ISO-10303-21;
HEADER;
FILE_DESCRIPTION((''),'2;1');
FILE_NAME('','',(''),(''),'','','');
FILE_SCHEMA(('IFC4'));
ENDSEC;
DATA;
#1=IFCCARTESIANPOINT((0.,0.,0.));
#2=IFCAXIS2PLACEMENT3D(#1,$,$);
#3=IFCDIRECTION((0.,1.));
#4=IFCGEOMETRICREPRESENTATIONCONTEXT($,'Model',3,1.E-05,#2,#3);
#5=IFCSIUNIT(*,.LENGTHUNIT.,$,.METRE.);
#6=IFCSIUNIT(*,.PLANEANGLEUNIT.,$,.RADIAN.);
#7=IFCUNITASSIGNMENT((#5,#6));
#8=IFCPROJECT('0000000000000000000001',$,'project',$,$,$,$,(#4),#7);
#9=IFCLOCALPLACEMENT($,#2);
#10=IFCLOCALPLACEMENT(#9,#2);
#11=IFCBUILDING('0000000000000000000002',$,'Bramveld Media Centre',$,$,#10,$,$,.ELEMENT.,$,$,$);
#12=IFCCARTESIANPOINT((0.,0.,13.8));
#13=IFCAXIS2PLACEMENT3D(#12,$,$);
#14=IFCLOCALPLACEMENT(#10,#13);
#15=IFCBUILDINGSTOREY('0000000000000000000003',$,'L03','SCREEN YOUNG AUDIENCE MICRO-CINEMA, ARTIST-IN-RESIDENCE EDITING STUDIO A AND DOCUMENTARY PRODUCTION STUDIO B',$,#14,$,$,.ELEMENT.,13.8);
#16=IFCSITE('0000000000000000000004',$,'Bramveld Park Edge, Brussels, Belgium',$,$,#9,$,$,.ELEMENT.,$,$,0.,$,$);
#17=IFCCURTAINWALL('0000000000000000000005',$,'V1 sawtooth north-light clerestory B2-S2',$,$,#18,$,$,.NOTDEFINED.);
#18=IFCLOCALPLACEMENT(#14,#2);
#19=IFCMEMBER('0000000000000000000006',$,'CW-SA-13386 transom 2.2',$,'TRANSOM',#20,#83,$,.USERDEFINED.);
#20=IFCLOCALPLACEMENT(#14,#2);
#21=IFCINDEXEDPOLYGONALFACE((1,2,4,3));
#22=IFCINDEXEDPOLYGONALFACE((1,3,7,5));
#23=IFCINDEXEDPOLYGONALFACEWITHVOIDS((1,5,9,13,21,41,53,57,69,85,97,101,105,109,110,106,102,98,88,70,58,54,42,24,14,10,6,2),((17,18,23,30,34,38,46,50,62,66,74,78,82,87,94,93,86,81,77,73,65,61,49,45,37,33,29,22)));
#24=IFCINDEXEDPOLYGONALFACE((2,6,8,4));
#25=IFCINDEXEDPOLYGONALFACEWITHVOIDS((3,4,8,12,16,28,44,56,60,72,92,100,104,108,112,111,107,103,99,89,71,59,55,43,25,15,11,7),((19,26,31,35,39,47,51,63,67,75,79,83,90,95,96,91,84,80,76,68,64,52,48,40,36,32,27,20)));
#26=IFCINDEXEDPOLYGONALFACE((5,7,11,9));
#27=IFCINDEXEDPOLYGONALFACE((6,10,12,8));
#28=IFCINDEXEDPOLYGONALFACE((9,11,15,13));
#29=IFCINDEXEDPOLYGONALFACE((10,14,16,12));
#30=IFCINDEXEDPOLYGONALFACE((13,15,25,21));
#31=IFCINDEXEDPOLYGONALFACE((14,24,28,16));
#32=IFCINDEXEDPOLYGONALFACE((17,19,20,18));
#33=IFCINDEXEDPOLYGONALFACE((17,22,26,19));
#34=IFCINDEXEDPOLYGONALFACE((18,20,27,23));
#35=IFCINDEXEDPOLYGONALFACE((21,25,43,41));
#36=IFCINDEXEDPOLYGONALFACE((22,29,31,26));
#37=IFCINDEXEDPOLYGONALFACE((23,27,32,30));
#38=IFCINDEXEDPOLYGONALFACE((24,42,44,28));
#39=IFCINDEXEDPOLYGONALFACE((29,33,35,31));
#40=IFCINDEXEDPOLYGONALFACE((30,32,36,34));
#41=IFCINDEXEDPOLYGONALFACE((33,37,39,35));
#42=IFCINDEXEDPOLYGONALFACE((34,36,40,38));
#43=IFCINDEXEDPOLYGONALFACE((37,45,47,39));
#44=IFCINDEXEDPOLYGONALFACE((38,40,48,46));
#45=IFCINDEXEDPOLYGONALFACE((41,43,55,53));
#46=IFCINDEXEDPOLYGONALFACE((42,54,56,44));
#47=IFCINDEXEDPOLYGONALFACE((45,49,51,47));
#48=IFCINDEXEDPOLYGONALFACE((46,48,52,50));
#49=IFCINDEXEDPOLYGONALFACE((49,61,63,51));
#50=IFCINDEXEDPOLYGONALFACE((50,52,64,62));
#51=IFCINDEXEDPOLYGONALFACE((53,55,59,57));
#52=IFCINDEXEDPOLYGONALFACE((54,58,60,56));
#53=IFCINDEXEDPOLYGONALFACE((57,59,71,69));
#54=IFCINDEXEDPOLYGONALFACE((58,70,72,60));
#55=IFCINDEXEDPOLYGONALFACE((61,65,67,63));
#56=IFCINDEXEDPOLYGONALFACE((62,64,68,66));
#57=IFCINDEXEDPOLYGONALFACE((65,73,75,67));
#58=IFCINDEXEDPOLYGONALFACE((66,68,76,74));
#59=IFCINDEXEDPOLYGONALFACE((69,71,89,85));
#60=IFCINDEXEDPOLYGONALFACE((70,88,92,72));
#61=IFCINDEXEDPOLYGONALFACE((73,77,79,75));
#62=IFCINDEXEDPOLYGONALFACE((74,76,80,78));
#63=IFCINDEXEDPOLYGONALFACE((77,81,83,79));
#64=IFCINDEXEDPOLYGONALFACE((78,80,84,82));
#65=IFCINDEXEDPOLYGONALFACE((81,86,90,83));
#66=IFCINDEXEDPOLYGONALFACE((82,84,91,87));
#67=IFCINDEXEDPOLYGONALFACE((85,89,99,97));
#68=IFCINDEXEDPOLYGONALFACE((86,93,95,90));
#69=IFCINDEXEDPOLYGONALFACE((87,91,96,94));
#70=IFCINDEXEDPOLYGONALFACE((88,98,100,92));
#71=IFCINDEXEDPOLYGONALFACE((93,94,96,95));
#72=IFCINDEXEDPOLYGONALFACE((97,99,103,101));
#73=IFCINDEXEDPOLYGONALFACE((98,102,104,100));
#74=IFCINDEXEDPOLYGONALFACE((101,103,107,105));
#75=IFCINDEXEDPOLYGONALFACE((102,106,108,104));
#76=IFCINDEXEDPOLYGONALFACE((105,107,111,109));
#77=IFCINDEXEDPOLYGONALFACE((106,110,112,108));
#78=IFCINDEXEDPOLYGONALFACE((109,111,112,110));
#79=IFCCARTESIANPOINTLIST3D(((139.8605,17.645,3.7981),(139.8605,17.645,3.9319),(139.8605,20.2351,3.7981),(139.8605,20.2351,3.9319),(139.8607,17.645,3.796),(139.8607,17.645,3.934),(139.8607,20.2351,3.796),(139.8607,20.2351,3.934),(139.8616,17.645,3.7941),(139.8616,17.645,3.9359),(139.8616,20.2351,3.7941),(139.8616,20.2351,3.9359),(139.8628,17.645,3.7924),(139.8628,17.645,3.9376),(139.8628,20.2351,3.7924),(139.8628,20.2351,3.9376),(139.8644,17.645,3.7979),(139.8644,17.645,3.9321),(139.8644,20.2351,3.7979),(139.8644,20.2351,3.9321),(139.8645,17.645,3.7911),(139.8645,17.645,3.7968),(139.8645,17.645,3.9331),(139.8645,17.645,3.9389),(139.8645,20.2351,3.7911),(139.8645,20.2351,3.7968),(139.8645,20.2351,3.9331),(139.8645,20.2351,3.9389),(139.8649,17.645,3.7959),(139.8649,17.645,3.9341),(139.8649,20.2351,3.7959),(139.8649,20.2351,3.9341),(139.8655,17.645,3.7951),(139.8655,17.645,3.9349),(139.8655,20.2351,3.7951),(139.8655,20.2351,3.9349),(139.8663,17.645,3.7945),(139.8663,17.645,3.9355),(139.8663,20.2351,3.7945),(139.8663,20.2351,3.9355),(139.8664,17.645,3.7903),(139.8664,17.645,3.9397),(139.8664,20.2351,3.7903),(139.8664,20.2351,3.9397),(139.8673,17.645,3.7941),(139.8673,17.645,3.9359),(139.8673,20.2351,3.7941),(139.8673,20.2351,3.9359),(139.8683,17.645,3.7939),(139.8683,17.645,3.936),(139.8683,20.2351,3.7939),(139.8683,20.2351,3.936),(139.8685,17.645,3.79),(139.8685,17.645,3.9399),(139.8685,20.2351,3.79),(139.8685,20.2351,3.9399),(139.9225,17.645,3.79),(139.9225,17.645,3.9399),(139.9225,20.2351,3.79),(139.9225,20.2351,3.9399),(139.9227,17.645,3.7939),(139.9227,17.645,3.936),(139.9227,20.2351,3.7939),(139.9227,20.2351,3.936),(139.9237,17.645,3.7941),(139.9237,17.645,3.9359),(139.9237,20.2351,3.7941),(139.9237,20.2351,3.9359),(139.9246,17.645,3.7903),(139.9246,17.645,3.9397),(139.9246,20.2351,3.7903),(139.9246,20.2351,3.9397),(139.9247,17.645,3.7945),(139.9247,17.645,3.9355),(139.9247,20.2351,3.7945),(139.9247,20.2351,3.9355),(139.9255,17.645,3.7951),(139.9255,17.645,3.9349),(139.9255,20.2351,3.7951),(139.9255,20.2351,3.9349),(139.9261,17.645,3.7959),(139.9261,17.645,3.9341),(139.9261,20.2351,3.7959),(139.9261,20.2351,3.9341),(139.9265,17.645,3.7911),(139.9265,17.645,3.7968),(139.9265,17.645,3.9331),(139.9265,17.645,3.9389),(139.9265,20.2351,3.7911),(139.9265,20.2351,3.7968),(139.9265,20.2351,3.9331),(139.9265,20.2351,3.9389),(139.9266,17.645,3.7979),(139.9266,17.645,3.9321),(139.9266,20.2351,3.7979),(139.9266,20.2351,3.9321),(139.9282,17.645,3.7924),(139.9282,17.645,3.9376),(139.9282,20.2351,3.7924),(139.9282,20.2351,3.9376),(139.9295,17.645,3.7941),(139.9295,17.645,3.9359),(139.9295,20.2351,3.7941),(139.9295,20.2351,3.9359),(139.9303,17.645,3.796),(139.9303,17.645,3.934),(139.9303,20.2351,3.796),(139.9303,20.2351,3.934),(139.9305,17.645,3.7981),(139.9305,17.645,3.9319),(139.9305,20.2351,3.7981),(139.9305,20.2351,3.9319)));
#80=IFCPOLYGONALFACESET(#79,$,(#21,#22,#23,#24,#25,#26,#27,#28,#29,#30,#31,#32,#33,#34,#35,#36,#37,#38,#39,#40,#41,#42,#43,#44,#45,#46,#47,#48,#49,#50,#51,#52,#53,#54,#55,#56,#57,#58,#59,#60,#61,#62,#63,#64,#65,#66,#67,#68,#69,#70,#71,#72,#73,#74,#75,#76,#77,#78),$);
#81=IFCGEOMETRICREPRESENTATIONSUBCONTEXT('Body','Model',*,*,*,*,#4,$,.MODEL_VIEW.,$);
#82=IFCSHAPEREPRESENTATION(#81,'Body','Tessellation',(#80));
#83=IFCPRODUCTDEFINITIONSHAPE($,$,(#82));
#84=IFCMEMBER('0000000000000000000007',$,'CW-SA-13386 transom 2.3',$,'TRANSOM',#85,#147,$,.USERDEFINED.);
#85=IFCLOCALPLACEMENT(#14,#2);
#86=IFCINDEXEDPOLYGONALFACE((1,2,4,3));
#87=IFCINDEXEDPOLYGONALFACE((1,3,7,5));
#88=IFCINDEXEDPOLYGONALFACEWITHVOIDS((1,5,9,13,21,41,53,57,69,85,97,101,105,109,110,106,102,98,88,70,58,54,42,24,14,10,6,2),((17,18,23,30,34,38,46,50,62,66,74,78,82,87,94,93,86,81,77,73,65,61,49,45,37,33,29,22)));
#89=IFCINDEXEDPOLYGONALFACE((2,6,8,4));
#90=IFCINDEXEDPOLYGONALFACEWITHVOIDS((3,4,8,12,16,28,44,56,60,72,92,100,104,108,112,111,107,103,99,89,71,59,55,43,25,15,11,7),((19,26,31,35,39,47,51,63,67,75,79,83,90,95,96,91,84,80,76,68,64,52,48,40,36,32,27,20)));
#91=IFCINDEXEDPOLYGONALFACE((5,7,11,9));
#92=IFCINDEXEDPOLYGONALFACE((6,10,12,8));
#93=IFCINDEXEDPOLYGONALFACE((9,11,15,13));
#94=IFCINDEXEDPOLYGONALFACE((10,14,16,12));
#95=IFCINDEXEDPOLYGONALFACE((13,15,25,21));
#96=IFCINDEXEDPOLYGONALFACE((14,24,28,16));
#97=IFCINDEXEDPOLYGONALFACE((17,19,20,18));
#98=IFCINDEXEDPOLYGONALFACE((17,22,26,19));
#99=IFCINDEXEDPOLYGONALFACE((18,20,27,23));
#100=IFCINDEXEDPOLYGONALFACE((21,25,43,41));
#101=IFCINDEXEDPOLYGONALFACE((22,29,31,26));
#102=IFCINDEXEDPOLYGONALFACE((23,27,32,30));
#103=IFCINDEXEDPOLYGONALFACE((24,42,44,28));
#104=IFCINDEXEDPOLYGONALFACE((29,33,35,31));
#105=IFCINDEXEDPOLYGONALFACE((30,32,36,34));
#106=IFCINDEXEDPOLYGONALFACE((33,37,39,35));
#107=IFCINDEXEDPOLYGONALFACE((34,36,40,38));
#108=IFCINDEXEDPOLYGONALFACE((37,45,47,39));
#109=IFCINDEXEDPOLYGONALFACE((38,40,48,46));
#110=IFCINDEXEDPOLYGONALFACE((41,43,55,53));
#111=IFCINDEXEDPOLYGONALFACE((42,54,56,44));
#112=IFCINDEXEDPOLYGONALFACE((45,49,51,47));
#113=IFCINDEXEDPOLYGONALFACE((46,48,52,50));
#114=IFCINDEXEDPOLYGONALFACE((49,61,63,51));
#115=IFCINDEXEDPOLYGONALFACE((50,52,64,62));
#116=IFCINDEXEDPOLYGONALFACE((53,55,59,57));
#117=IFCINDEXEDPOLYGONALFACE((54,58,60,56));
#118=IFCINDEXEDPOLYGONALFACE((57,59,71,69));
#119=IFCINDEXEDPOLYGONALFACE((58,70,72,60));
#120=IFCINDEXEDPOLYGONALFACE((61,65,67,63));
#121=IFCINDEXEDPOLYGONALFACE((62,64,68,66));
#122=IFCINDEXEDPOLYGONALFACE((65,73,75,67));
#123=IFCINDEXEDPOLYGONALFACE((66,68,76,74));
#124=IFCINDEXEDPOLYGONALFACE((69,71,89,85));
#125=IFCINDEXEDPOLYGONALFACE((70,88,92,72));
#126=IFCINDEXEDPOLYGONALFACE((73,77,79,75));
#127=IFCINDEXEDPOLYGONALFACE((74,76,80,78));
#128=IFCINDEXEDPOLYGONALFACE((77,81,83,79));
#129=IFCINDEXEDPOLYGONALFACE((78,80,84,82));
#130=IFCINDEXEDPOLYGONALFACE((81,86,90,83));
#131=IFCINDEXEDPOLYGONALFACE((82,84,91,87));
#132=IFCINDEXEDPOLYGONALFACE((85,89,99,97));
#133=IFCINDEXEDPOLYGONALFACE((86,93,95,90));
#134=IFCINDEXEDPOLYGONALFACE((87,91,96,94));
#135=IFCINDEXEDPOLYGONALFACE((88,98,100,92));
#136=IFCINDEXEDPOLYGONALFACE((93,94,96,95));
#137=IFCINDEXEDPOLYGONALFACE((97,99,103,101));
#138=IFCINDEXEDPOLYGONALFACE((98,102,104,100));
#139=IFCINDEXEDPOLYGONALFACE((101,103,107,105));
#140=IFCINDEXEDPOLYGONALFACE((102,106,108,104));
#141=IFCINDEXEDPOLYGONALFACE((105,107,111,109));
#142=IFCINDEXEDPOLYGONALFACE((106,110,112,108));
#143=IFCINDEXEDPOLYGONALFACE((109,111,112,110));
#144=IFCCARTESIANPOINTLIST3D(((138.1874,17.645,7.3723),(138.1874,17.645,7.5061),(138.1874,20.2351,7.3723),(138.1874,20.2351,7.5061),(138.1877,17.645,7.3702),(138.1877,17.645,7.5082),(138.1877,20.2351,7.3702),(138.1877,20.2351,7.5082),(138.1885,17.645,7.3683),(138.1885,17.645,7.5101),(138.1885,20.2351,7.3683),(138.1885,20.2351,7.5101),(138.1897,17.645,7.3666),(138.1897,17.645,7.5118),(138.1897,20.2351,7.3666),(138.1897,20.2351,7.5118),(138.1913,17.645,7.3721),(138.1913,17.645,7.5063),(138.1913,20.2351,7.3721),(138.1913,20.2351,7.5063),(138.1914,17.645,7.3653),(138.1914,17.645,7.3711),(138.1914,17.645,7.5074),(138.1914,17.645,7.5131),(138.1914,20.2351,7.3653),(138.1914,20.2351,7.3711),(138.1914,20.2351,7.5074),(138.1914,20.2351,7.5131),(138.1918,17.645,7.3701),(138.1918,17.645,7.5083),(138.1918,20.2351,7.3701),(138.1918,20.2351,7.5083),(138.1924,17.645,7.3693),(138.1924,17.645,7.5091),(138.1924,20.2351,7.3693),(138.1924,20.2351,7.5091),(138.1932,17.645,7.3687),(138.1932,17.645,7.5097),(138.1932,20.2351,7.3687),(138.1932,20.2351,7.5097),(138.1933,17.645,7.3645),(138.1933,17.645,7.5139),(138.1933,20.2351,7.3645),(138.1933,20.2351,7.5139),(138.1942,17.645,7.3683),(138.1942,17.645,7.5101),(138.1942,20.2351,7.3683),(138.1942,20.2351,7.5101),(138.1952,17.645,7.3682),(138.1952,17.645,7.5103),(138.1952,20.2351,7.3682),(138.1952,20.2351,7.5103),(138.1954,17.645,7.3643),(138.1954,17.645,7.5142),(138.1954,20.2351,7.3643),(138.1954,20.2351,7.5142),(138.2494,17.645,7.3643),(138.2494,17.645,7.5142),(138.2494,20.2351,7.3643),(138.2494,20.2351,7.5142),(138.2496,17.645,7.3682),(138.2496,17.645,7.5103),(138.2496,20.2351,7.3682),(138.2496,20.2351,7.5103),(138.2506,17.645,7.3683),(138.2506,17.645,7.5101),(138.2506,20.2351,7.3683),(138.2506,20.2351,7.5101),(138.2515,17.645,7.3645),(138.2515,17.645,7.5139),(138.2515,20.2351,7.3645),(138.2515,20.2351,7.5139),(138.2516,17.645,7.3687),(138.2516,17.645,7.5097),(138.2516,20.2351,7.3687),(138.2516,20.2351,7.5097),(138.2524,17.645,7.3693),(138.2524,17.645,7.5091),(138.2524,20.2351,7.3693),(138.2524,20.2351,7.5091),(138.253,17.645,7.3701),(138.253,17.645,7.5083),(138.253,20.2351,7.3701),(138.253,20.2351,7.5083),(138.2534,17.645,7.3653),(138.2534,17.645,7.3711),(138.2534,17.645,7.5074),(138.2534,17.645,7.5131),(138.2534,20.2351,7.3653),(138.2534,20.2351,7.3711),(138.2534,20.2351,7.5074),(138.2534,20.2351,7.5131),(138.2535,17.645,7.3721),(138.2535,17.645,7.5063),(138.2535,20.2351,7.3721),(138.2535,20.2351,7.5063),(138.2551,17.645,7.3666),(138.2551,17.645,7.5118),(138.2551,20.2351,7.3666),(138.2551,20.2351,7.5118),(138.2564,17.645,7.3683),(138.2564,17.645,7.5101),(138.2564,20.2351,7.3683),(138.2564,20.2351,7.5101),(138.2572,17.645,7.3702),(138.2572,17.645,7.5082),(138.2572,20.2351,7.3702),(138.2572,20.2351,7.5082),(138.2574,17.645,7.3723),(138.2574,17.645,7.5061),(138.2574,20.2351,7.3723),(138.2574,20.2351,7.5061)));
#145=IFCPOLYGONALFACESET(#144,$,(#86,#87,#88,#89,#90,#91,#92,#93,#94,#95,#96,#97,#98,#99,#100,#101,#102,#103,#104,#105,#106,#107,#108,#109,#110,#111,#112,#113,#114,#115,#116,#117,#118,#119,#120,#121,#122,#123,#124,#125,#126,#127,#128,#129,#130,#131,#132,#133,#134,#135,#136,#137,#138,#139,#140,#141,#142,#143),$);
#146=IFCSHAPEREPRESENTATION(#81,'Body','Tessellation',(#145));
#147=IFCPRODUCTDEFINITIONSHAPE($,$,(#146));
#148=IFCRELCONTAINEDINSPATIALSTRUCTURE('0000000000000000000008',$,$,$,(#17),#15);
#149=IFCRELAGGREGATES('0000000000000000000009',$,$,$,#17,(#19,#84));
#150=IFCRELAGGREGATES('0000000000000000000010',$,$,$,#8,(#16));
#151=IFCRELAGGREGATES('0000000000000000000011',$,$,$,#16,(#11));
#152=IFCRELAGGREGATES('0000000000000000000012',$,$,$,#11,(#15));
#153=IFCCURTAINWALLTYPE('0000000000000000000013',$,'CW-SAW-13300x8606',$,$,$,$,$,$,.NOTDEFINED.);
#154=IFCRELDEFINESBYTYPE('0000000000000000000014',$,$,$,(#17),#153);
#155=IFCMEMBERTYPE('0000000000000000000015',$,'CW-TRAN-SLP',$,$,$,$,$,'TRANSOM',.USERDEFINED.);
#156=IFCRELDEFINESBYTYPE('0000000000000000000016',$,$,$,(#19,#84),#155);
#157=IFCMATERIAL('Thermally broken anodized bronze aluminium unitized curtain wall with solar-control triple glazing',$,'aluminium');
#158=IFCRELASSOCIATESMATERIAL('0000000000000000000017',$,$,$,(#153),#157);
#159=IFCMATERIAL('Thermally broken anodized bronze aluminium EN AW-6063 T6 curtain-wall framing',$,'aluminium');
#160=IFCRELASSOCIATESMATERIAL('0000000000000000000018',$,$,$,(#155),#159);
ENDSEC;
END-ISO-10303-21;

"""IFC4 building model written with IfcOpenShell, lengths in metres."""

from ifc_helpers import new_model, si_unit, direction, frame, origin, origin_2d, place, context, subcontext, project, spatial, hollow_rectangle, extrude, material, material_profile, profile_set, type_object, element, aggregate, save


model = new_model("IFC4")

# Units and contexts
model_context = context("Model", 3, precision=1e-05, world=origin(), true_north=direction((0.0, 1.0)))
body_context = subcontext(model_context, "Body", "Model", "MODEL_VIEW")
ifc_project = project(units=[si_unit("LENGTHUNIT", "METRE"), si_unit("PLANEANGLEUNIT", "RADIAN")], contexts=[model_context])

# Site, building, storey
site_placement = place(None, origin())
site = spatial("IfcSite", under=ifc_project, at=site_placement, Name="Bramveld Park Edge, Brussels, Belgium", CompositionType="ELEMENT", RefElevation=0.0)
building_placement = place(site_placement, origin())
building = spatial("IfcBuilding", under=site, at=building_placement, Name="Bramveld Media Centre", CompositionType="ELEMENT")
storey_placement = place(building_placement, frame((0.0, 0.0, 13.8)))
storey = spatial("IfcBuildingStorey", under=building, at=storey_placement, Name="L03", Description="SCREEN YOUNG AUDIENCE MICRO-CINEMA, ARTIST-IN-RESIDENCE EDITING STUDIO A AND DOCUMENTARY PRODUCTION STUDIO B", CompositionType="ELEMENT", Elevation=13.8)

# Curtain wall, members
ifc_material_1 = material(Name="Thermally broken anodized bronze aluminium unitized curtain wall with solar-control triple glazing", Category="aluminium")
curtain_wall_type = type_object("IfcCurtainWallType", Name="CW-SAW-13300x8606", PredefinedType="NOTDEFINED", material=ifc_material_1)
ifc_material_2 = material(Name="Thermally broken anodized bronze aluminium EN AW-6063 T6 curtain-wall framing", Category="aluminium")
ifc_material_profile_1 = material_profile(ifc_material_2, hollow_rectangle(XDim=0.0701, YDim=0.1499, WallThickness=0.0039, InnerFilletRadius=0.0039, OuterFilletRadius=0.0081, at=origin_2d()), Name="AL-TRAN 70x150")
ifc_profile_set_1 = profile_set([ifc_material_profile_1], Name="Thermally broken anodized bronze aluminium EN AW-6063 T6 curtain-wall framing")
member_type_1 = type_object("IfcMemberType", Name="CW-TRAN-SLP", ElementType="TRANSOM", PredefinedType="USERDEFINED", material=ifc_profile_set_1)
curtain_wall_1_placement = place(storey_placement, origin())
curtain_wall_1 = element("IfcCurtainWall", 1, at=curtain_wall_1_placement, inside=storey, type_object=curtain_wall_type, Name="V1 sawtooth north-light clerestory B2-S2", PredefinedType="NOTDEFINED")
member_1_placement = place(storey_placement, frame((139.8955, 17.645, 3.865), z_axis=(0.0, 1.0, 0.0), x_axis=(-1.0, 0.0, 0.0)))
member_1 = element("IfcMember", 2, at=member_1_placement, type_object=member_type_1, Name="CW-SA-13386 transom 2.2", ObjectType="TRANSOM", PredefinedType="USERDEFINED", context=body_context, shape_type="SweptSolid", body=[
    extrude(hollow_rectangle(XDim=0.0701, YDim=0.1499, WallThickness=0.0039, InnerFilletRadius=0.0039, OuterFilletRadius=0.0081, at=origin_2d()), origin(), (0.0, 0.0, 1.0), 2.5901),
])
member_2_placement = place(storey_placement, frame((138.2224, 17.645, 7.4392), z_axis=(0.0, 1.0, 0.0), x_axis=(-1.0, 0.0, 0.0)))
member_2 = element("IfcMember", 3, at=member_2_placement, type_object=member_type_1, Name="CW-SA-13386 transom 2.3", ObjectType="TRANSOM", PredefinedType="USERDEFINED", context=body_context, shape_type="SweptSolid", body=[
    extrude(hollow_rectangle(XDim=0.0701, YDim=0.1499, WallThickness=0.0039, InnerFilletRadius=0.0039, OuterFilletRadius=0.0081, at=origin_2d()), origin(), (0.0, 0.0, 1.0), 2.5901),
])

aggregate(curtain_wall_1, [member_1, member_2])

save(model, "model.ifc")
